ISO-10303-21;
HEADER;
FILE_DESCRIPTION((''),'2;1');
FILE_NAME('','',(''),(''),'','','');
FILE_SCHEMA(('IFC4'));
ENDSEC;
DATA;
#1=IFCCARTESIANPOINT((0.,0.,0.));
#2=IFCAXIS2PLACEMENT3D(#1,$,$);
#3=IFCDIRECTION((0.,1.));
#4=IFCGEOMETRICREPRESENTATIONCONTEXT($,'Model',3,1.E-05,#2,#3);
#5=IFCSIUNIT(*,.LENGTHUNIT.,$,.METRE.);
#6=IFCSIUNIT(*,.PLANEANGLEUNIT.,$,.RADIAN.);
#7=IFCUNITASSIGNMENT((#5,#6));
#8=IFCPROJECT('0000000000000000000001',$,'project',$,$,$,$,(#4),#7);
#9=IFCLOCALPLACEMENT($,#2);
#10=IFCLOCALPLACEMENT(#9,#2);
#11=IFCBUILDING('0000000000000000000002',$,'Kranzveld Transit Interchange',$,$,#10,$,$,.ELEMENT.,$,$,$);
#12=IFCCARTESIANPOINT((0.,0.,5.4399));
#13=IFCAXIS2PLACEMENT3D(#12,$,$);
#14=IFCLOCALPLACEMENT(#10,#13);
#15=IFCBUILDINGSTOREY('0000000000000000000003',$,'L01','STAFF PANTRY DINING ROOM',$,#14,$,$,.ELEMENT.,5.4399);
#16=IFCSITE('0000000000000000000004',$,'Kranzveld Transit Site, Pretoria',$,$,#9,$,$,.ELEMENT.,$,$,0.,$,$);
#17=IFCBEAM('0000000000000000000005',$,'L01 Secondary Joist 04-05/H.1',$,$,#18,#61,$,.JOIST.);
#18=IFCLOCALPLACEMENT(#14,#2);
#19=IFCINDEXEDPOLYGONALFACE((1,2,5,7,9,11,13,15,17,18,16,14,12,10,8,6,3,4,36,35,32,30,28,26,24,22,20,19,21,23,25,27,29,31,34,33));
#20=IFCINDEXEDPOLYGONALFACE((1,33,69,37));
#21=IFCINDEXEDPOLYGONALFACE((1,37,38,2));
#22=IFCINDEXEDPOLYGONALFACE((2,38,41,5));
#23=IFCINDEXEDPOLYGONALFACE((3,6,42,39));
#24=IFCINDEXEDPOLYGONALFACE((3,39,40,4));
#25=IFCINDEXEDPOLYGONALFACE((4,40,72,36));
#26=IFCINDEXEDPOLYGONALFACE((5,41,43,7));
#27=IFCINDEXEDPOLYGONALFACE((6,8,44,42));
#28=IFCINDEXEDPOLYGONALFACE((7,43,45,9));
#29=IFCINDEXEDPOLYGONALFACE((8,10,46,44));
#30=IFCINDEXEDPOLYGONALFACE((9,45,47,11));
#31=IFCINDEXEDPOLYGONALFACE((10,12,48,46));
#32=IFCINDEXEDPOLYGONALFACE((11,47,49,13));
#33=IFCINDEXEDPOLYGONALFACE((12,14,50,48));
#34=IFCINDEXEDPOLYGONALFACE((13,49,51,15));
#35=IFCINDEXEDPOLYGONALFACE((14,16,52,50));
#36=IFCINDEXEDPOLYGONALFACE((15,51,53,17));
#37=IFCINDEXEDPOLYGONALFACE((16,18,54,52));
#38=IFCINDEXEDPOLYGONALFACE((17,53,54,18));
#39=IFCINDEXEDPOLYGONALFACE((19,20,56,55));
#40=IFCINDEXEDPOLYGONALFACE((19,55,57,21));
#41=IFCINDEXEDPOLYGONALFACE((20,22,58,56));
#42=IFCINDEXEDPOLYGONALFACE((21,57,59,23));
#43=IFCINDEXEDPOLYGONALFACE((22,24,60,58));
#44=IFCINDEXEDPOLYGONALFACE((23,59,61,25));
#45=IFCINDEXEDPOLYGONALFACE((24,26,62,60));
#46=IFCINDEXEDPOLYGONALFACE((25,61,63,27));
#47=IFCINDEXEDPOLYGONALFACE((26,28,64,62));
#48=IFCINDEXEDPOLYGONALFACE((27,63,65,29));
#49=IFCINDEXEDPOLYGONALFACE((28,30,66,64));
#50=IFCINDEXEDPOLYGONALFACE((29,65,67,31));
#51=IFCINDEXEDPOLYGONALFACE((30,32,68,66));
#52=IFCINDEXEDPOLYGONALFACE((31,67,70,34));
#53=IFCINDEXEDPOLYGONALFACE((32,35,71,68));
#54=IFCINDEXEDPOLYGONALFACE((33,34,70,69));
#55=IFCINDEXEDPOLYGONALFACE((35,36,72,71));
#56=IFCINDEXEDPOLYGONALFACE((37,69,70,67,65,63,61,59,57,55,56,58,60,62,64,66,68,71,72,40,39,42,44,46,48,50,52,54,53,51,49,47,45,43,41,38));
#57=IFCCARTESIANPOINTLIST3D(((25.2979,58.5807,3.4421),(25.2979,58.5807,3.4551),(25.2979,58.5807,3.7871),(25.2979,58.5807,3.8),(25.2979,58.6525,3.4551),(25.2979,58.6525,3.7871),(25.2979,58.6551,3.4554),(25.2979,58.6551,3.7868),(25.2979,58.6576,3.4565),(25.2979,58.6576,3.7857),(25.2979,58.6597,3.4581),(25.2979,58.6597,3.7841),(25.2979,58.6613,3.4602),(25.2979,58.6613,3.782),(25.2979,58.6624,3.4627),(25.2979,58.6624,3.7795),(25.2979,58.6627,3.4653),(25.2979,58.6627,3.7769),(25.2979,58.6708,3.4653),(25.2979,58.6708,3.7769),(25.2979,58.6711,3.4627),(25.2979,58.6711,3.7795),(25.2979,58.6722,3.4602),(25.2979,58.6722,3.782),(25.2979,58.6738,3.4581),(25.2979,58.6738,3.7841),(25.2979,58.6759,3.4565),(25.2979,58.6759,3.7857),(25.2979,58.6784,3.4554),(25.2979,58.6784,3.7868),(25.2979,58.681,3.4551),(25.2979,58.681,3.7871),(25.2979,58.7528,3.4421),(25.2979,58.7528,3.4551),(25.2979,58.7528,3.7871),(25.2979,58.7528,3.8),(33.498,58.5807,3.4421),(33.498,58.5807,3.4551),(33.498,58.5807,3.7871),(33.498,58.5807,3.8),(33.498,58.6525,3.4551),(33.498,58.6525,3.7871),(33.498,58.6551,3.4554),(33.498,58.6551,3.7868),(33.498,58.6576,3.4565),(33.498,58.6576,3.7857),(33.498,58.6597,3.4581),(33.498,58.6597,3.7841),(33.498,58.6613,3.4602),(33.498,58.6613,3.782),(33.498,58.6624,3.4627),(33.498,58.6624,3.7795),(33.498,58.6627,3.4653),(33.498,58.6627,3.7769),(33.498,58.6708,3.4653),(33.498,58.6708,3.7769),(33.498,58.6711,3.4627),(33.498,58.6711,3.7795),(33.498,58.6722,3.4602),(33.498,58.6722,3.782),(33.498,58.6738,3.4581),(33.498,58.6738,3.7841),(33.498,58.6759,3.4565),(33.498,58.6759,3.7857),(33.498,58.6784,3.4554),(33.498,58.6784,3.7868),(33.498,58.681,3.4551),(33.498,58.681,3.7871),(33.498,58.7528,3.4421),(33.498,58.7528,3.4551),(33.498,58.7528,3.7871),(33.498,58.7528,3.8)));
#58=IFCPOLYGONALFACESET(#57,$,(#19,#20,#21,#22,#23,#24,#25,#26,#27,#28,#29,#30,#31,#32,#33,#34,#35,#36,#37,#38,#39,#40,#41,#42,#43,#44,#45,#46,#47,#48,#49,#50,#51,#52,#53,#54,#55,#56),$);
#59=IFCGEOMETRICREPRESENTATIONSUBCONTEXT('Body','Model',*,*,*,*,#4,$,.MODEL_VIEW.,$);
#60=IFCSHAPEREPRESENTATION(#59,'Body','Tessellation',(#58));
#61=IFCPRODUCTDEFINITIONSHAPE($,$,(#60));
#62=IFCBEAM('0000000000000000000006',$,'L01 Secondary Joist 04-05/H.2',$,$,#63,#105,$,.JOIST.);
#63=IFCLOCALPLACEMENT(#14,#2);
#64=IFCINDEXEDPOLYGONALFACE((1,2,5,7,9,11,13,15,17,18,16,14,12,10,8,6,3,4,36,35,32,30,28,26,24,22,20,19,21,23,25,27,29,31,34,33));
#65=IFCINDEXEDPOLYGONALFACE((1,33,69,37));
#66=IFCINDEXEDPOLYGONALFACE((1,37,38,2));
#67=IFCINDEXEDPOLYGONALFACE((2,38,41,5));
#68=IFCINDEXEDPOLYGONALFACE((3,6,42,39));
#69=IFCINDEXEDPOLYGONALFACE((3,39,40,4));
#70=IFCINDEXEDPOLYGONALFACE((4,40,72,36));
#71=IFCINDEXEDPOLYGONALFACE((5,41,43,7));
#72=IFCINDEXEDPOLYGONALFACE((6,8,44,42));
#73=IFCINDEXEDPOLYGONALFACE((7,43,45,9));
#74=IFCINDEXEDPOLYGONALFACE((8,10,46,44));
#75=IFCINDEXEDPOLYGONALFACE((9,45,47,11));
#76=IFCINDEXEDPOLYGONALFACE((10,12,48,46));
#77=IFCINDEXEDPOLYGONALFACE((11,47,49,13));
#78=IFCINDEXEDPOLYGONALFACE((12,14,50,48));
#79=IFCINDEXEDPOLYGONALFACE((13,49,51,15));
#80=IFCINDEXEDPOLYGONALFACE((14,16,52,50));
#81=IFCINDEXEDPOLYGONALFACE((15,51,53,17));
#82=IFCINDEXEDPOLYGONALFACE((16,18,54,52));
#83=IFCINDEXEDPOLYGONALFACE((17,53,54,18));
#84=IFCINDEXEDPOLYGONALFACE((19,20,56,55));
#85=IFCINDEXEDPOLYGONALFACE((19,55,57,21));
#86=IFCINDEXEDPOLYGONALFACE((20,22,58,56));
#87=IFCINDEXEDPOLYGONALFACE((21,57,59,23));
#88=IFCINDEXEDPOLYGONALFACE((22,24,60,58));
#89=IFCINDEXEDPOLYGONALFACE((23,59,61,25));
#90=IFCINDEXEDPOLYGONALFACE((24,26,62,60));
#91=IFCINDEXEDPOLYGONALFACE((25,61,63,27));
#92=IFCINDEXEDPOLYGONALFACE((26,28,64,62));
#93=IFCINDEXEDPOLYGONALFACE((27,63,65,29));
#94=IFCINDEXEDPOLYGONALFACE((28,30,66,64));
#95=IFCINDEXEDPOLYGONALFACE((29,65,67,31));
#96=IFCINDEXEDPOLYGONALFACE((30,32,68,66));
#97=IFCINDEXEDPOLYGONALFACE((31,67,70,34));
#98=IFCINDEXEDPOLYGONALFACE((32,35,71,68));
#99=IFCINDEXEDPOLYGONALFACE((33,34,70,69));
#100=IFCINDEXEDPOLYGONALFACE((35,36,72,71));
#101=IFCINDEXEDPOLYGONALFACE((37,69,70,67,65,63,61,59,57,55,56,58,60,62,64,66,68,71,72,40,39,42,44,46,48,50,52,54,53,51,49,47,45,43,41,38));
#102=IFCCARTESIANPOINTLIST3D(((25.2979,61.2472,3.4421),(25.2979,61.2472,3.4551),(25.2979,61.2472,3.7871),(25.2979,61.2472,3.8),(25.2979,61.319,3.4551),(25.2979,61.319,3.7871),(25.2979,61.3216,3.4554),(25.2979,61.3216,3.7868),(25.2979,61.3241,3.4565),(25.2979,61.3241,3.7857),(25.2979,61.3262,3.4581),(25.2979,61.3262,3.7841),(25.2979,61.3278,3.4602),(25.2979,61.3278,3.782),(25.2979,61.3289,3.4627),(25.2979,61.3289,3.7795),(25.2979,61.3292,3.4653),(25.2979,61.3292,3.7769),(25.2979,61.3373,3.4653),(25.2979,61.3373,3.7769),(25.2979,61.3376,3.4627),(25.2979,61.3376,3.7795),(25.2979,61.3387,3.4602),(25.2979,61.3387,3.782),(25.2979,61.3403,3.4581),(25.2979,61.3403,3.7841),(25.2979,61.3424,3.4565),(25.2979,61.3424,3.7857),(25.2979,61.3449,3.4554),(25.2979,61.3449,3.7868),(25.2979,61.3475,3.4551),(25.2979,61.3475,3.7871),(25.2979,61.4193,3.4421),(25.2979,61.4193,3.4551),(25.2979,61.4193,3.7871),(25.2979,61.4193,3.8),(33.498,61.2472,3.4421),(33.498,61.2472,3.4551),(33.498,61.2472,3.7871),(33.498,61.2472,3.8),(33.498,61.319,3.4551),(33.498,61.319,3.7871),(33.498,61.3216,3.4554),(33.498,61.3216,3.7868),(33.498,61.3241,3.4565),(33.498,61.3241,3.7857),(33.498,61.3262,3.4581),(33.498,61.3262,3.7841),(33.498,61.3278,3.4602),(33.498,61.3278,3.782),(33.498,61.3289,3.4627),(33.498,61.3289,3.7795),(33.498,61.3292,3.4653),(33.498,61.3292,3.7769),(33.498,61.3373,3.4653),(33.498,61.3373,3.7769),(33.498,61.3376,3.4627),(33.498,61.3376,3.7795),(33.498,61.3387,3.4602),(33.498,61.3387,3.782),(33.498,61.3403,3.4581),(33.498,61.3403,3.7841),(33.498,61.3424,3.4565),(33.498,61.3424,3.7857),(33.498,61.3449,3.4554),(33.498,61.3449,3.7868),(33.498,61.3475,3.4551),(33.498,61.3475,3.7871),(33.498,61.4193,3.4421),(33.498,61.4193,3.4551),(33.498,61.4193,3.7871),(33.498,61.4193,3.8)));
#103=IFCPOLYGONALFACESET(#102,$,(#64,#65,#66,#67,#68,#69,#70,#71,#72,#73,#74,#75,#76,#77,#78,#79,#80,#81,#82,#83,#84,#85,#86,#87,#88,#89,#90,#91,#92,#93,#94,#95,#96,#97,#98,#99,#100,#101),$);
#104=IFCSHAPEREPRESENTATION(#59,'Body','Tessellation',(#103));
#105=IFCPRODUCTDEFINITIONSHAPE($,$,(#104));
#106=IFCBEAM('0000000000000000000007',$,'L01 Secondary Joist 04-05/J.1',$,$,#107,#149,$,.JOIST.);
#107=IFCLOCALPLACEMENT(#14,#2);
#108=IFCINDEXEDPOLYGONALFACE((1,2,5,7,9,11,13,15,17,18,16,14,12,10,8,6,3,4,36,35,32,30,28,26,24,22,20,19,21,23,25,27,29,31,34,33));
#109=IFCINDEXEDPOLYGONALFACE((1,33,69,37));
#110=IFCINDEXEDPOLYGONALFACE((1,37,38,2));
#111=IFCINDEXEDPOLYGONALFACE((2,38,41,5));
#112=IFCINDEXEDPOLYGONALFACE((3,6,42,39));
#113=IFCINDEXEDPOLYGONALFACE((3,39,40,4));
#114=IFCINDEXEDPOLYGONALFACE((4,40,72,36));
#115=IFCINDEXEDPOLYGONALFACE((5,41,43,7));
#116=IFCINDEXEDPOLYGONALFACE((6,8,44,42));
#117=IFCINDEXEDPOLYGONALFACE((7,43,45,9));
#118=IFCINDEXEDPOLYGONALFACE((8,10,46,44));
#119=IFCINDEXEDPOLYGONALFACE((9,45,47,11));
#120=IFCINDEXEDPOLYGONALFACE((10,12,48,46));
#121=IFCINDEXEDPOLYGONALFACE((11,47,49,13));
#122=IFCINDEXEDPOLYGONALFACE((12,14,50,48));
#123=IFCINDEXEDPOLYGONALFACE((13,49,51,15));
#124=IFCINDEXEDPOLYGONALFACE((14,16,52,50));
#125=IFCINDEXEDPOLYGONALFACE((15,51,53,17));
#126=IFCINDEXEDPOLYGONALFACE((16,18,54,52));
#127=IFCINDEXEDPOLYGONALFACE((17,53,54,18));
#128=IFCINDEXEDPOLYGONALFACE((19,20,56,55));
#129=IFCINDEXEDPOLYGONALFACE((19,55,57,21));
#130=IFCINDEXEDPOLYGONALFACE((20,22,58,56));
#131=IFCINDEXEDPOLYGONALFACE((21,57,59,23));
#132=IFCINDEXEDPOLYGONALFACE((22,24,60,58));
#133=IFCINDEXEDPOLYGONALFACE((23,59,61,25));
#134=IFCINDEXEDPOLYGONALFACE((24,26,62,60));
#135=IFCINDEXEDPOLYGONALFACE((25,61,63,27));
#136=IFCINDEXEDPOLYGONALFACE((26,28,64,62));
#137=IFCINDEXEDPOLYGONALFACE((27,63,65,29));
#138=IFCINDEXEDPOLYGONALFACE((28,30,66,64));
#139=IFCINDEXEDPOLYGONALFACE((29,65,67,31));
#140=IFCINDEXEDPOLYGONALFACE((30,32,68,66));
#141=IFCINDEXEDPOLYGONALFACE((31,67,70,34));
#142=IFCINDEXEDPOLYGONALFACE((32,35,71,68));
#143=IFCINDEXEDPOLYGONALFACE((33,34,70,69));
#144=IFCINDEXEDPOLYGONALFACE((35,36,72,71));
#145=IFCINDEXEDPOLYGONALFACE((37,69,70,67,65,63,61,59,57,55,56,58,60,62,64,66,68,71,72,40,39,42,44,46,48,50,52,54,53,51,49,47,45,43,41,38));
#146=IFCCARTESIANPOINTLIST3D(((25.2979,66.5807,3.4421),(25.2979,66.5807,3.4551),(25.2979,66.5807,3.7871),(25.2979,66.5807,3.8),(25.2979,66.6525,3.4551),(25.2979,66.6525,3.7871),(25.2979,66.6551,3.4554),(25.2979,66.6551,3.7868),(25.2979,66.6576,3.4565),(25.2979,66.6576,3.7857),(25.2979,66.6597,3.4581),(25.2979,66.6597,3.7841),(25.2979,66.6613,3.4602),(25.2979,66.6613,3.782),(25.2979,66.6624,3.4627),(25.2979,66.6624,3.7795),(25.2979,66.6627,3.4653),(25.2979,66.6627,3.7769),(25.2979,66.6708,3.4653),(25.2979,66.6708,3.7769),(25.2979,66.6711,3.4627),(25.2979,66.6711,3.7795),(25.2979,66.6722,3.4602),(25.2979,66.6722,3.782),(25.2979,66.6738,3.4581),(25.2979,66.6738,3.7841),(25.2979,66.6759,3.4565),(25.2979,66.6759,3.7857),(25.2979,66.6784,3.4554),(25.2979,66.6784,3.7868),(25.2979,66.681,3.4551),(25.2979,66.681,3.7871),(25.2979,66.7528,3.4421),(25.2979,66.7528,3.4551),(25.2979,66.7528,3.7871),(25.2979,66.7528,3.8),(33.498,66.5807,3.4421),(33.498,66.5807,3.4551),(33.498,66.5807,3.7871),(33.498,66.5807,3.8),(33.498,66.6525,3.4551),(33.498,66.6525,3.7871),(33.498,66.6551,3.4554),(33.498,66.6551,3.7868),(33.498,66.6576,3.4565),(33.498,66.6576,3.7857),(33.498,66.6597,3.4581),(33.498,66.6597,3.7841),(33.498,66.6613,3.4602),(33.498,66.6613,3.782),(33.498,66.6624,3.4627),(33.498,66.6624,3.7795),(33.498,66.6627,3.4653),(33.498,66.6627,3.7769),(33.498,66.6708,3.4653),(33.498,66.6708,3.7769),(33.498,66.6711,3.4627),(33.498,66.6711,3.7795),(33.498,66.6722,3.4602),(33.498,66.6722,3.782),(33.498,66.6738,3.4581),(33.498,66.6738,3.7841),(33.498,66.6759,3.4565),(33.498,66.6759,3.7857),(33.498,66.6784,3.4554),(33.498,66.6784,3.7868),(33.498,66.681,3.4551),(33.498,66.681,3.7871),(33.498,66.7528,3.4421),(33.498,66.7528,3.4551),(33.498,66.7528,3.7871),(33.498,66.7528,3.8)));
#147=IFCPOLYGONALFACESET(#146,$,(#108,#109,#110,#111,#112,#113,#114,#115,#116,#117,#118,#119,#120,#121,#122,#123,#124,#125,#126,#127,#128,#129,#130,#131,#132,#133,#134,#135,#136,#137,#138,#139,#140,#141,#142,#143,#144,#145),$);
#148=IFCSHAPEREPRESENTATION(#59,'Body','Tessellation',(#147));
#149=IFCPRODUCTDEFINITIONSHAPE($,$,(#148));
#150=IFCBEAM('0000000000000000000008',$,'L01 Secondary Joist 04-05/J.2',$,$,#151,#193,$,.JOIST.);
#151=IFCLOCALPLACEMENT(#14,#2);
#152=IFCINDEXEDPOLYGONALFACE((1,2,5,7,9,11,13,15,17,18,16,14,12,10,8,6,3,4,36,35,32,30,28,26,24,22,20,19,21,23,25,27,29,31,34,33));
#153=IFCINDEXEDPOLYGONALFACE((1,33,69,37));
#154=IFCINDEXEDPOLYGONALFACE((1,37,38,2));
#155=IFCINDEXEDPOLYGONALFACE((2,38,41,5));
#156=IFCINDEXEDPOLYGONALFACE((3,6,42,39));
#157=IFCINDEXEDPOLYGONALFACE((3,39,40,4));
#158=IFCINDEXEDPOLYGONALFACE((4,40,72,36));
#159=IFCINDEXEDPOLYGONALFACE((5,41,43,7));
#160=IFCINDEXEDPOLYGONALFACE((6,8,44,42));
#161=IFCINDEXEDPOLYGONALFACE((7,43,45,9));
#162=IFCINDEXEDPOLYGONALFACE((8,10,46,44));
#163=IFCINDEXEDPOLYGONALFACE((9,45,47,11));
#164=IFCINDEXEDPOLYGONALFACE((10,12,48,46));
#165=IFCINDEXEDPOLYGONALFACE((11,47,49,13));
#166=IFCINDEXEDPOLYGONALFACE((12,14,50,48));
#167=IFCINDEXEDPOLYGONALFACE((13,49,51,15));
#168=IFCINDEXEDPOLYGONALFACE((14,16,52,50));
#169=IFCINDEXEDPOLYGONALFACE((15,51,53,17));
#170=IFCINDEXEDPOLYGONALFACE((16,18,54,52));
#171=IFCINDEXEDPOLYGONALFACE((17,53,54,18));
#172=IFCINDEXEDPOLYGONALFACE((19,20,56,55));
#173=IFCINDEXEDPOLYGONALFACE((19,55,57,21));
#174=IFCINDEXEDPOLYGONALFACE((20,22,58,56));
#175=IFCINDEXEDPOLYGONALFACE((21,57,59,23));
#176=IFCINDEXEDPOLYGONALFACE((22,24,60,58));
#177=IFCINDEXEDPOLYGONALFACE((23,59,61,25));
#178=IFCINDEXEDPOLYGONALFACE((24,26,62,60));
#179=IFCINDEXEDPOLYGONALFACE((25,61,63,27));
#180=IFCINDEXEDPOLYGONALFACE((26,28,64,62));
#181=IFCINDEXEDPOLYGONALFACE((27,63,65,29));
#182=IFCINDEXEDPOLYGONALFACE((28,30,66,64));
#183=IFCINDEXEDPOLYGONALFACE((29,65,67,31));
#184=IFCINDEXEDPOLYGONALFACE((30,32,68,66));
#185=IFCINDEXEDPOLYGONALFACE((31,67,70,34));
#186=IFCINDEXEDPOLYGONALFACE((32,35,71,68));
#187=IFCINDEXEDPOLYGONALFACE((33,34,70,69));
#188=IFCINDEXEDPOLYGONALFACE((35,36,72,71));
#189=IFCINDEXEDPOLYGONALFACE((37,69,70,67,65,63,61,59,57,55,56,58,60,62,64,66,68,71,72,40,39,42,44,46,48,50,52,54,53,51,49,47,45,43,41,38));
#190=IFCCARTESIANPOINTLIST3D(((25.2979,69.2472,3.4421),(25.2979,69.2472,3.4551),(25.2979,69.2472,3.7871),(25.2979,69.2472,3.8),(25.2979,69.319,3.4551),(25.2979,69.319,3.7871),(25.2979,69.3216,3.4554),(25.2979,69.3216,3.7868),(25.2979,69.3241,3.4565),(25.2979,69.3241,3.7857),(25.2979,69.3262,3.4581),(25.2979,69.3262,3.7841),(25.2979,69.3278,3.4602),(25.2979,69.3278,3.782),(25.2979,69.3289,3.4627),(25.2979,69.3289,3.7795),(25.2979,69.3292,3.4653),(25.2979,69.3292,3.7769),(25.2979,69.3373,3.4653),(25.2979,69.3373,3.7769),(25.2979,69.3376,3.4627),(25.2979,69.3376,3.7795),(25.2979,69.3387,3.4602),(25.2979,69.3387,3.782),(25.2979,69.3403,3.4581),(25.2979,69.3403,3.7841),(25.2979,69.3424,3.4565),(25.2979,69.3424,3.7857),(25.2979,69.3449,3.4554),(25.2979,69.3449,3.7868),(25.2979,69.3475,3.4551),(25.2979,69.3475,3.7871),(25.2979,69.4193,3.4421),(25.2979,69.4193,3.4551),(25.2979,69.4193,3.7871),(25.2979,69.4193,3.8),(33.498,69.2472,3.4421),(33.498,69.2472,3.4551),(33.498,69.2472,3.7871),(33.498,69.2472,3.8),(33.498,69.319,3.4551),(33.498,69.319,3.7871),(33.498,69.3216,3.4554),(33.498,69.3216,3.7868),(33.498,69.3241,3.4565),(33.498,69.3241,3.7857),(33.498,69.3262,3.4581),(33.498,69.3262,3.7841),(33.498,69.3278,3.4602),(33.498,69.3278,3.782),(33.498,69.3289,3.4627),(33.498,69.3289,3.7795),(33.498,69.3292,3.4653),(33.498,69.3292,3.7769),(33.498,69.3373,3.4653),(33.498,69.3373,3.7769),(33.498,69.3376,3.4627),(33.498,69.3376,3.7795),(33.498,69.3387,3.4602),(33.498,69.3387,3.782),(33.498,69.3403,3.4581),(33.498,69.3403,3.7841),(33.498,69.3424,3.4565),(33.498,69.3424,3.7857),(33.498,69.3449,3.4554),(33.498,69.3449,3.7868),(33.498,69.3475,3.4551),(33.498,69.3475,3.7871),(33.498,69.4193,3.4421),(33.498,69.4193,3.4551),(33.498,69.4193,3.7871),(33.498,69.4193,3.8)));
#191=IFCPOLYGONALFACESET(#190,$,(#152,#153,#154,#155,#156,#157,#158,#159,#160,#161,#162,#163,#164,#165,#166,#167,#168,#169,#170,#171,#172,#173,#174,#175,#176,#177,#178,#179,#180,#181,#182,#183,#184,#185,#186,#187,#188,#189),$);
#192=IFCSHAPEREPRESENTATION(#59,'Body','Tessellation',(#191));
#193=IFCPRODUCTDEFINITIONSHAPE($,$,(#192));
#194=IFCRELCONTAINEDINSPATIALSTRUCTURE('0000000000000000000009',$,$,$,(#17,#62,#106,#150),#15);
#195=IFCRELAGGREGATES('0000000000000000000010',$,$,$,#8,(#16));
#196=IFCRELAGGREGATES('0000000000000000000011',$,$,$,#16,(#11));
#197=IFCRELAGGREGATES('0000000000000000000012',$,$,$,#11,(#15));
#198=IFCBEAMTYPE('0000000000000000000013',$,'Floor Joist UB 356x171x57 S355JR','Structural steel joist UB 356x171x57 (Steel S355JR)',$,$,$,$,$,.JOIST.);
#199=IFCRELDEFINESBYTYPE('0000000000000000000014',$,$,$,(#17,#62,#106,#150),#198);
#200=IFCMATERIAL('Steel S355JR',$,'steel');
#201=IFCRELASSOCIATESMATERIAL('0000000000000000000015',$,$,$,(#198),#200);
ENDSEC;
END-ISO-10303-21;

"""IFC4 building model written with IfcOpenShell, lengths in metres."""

from ifc_helpers import new_model, si_unit, direction, frame, origin, origin_2d, place, context, subcontext, project, spatial, i_section, extrude, material, material_profile, profile_set, type_object, element, save


model = new_model("IFC4")

# Units and contexts
model_context = context("Model", 3, precision=1e-05, world=origin(), true_north=direction((0.0, 1.0)))
body_context = subcontext(model_context, "Body", "Model", "MODEL_VIEW")
ifc_project = project(units=[si_unit("LENGTHUNIT", "METRE"), si_unit("PLANEANGLEUNIT", "RADIAN")], contexts=[model_context])

# Site, building, storey
site_placement = place(None, origin())
site = spatial("IfcSite", under=ifc_project, at=site_placement, Name="Kranzveld Transit Site, Pretoria", CompositionType="ELEMENT", RefElevation=0.0)
building_placement = place(site_placement, origin())
building = spatial("IfcBuilding", under=site, at=building_placement, Name="Kranzveld Transit Interchange", CompositionType="ELEMENT")
storey_placement = place(building_placement, frame((0.0, 0.0, 5.4399)))
storey = spatial("IfcBuildingStorey", under=building, at=storey_placement, Name="L01", Description="STAFF PANTRY DINING ROOM", CompositionType="ELEMENT", Elevation=5.4399)

# Beams
ifc_material_1 = material(Name="Steel S355JR", Category="steel")
ifc_material_profile_1 = material_profile(ifc_material_1, i_section(OverallWidth=0.1721, OverallDepth=0.3579, WebThickness=0.0081, FlangeThickness=0.0129, FilletRadius=0.0103, at=origin_2d()), Name="UB 356x171x57")
ifc_profile_set_1 = profile_set([ifc_material_profile_1], Name="Steel S355JR")
beam_type_1 = type_object("IfcBeamType", Name="Floor Joist UB 356x171x57 S355JR", Description="Structural steel joist UB 356x171x57 (Steel S355JR)", PredefinedType="JOIST", material=ifc_profile_set_1)
for number, where, z_axis, x_axis, name in (
    (1, (25.2979, 58.6667, 3.6211), (1.0, 0.0, 0.0), (0.0, 1.0, 0.0), "L01 Secondary Joist 04-05/H.1"),
    (2, (25.2979, 61.3333, 3.6211), (1.0, 0.0, 0.0), (0.0, 1.0, 0.0), "L01 Secondary Joist 04-05/H.2"),
    (3, (25.2979, 66.6667, 3.6211), (1.0, 0.0, 0.0), (0.0, 1.0, 0.0), "L01 Secondary Joist 04-05/J.1"),
    (4, (25.2979, 69.3333, 3.6211), (1.0, 0.0, 0.0), (0.0, 1.0, 0.0), "L01 Secondary Joist 04-05/J.2"),
):
    element("IfcBeam", number, at=place(storey_placement, frame(where, z_axis=z_axis, x_axis=x_axis)), inside=storey, type_object=beam_type_1, Name=name, PredefinedType="JOIST", context=body_context, shape_type="SweptSolid", body=[
        extrude(i_section(OverallWidth=0.1721, OverallDepth=0.3579, WebThickness=0.0081, FlangeThickness=0.0129, FilletRadius=0.0103, at=origin_2d()), origin(), (0.0, 0.0, 1.0), 8.2002),
    ])

save(model, "model.ifc")
